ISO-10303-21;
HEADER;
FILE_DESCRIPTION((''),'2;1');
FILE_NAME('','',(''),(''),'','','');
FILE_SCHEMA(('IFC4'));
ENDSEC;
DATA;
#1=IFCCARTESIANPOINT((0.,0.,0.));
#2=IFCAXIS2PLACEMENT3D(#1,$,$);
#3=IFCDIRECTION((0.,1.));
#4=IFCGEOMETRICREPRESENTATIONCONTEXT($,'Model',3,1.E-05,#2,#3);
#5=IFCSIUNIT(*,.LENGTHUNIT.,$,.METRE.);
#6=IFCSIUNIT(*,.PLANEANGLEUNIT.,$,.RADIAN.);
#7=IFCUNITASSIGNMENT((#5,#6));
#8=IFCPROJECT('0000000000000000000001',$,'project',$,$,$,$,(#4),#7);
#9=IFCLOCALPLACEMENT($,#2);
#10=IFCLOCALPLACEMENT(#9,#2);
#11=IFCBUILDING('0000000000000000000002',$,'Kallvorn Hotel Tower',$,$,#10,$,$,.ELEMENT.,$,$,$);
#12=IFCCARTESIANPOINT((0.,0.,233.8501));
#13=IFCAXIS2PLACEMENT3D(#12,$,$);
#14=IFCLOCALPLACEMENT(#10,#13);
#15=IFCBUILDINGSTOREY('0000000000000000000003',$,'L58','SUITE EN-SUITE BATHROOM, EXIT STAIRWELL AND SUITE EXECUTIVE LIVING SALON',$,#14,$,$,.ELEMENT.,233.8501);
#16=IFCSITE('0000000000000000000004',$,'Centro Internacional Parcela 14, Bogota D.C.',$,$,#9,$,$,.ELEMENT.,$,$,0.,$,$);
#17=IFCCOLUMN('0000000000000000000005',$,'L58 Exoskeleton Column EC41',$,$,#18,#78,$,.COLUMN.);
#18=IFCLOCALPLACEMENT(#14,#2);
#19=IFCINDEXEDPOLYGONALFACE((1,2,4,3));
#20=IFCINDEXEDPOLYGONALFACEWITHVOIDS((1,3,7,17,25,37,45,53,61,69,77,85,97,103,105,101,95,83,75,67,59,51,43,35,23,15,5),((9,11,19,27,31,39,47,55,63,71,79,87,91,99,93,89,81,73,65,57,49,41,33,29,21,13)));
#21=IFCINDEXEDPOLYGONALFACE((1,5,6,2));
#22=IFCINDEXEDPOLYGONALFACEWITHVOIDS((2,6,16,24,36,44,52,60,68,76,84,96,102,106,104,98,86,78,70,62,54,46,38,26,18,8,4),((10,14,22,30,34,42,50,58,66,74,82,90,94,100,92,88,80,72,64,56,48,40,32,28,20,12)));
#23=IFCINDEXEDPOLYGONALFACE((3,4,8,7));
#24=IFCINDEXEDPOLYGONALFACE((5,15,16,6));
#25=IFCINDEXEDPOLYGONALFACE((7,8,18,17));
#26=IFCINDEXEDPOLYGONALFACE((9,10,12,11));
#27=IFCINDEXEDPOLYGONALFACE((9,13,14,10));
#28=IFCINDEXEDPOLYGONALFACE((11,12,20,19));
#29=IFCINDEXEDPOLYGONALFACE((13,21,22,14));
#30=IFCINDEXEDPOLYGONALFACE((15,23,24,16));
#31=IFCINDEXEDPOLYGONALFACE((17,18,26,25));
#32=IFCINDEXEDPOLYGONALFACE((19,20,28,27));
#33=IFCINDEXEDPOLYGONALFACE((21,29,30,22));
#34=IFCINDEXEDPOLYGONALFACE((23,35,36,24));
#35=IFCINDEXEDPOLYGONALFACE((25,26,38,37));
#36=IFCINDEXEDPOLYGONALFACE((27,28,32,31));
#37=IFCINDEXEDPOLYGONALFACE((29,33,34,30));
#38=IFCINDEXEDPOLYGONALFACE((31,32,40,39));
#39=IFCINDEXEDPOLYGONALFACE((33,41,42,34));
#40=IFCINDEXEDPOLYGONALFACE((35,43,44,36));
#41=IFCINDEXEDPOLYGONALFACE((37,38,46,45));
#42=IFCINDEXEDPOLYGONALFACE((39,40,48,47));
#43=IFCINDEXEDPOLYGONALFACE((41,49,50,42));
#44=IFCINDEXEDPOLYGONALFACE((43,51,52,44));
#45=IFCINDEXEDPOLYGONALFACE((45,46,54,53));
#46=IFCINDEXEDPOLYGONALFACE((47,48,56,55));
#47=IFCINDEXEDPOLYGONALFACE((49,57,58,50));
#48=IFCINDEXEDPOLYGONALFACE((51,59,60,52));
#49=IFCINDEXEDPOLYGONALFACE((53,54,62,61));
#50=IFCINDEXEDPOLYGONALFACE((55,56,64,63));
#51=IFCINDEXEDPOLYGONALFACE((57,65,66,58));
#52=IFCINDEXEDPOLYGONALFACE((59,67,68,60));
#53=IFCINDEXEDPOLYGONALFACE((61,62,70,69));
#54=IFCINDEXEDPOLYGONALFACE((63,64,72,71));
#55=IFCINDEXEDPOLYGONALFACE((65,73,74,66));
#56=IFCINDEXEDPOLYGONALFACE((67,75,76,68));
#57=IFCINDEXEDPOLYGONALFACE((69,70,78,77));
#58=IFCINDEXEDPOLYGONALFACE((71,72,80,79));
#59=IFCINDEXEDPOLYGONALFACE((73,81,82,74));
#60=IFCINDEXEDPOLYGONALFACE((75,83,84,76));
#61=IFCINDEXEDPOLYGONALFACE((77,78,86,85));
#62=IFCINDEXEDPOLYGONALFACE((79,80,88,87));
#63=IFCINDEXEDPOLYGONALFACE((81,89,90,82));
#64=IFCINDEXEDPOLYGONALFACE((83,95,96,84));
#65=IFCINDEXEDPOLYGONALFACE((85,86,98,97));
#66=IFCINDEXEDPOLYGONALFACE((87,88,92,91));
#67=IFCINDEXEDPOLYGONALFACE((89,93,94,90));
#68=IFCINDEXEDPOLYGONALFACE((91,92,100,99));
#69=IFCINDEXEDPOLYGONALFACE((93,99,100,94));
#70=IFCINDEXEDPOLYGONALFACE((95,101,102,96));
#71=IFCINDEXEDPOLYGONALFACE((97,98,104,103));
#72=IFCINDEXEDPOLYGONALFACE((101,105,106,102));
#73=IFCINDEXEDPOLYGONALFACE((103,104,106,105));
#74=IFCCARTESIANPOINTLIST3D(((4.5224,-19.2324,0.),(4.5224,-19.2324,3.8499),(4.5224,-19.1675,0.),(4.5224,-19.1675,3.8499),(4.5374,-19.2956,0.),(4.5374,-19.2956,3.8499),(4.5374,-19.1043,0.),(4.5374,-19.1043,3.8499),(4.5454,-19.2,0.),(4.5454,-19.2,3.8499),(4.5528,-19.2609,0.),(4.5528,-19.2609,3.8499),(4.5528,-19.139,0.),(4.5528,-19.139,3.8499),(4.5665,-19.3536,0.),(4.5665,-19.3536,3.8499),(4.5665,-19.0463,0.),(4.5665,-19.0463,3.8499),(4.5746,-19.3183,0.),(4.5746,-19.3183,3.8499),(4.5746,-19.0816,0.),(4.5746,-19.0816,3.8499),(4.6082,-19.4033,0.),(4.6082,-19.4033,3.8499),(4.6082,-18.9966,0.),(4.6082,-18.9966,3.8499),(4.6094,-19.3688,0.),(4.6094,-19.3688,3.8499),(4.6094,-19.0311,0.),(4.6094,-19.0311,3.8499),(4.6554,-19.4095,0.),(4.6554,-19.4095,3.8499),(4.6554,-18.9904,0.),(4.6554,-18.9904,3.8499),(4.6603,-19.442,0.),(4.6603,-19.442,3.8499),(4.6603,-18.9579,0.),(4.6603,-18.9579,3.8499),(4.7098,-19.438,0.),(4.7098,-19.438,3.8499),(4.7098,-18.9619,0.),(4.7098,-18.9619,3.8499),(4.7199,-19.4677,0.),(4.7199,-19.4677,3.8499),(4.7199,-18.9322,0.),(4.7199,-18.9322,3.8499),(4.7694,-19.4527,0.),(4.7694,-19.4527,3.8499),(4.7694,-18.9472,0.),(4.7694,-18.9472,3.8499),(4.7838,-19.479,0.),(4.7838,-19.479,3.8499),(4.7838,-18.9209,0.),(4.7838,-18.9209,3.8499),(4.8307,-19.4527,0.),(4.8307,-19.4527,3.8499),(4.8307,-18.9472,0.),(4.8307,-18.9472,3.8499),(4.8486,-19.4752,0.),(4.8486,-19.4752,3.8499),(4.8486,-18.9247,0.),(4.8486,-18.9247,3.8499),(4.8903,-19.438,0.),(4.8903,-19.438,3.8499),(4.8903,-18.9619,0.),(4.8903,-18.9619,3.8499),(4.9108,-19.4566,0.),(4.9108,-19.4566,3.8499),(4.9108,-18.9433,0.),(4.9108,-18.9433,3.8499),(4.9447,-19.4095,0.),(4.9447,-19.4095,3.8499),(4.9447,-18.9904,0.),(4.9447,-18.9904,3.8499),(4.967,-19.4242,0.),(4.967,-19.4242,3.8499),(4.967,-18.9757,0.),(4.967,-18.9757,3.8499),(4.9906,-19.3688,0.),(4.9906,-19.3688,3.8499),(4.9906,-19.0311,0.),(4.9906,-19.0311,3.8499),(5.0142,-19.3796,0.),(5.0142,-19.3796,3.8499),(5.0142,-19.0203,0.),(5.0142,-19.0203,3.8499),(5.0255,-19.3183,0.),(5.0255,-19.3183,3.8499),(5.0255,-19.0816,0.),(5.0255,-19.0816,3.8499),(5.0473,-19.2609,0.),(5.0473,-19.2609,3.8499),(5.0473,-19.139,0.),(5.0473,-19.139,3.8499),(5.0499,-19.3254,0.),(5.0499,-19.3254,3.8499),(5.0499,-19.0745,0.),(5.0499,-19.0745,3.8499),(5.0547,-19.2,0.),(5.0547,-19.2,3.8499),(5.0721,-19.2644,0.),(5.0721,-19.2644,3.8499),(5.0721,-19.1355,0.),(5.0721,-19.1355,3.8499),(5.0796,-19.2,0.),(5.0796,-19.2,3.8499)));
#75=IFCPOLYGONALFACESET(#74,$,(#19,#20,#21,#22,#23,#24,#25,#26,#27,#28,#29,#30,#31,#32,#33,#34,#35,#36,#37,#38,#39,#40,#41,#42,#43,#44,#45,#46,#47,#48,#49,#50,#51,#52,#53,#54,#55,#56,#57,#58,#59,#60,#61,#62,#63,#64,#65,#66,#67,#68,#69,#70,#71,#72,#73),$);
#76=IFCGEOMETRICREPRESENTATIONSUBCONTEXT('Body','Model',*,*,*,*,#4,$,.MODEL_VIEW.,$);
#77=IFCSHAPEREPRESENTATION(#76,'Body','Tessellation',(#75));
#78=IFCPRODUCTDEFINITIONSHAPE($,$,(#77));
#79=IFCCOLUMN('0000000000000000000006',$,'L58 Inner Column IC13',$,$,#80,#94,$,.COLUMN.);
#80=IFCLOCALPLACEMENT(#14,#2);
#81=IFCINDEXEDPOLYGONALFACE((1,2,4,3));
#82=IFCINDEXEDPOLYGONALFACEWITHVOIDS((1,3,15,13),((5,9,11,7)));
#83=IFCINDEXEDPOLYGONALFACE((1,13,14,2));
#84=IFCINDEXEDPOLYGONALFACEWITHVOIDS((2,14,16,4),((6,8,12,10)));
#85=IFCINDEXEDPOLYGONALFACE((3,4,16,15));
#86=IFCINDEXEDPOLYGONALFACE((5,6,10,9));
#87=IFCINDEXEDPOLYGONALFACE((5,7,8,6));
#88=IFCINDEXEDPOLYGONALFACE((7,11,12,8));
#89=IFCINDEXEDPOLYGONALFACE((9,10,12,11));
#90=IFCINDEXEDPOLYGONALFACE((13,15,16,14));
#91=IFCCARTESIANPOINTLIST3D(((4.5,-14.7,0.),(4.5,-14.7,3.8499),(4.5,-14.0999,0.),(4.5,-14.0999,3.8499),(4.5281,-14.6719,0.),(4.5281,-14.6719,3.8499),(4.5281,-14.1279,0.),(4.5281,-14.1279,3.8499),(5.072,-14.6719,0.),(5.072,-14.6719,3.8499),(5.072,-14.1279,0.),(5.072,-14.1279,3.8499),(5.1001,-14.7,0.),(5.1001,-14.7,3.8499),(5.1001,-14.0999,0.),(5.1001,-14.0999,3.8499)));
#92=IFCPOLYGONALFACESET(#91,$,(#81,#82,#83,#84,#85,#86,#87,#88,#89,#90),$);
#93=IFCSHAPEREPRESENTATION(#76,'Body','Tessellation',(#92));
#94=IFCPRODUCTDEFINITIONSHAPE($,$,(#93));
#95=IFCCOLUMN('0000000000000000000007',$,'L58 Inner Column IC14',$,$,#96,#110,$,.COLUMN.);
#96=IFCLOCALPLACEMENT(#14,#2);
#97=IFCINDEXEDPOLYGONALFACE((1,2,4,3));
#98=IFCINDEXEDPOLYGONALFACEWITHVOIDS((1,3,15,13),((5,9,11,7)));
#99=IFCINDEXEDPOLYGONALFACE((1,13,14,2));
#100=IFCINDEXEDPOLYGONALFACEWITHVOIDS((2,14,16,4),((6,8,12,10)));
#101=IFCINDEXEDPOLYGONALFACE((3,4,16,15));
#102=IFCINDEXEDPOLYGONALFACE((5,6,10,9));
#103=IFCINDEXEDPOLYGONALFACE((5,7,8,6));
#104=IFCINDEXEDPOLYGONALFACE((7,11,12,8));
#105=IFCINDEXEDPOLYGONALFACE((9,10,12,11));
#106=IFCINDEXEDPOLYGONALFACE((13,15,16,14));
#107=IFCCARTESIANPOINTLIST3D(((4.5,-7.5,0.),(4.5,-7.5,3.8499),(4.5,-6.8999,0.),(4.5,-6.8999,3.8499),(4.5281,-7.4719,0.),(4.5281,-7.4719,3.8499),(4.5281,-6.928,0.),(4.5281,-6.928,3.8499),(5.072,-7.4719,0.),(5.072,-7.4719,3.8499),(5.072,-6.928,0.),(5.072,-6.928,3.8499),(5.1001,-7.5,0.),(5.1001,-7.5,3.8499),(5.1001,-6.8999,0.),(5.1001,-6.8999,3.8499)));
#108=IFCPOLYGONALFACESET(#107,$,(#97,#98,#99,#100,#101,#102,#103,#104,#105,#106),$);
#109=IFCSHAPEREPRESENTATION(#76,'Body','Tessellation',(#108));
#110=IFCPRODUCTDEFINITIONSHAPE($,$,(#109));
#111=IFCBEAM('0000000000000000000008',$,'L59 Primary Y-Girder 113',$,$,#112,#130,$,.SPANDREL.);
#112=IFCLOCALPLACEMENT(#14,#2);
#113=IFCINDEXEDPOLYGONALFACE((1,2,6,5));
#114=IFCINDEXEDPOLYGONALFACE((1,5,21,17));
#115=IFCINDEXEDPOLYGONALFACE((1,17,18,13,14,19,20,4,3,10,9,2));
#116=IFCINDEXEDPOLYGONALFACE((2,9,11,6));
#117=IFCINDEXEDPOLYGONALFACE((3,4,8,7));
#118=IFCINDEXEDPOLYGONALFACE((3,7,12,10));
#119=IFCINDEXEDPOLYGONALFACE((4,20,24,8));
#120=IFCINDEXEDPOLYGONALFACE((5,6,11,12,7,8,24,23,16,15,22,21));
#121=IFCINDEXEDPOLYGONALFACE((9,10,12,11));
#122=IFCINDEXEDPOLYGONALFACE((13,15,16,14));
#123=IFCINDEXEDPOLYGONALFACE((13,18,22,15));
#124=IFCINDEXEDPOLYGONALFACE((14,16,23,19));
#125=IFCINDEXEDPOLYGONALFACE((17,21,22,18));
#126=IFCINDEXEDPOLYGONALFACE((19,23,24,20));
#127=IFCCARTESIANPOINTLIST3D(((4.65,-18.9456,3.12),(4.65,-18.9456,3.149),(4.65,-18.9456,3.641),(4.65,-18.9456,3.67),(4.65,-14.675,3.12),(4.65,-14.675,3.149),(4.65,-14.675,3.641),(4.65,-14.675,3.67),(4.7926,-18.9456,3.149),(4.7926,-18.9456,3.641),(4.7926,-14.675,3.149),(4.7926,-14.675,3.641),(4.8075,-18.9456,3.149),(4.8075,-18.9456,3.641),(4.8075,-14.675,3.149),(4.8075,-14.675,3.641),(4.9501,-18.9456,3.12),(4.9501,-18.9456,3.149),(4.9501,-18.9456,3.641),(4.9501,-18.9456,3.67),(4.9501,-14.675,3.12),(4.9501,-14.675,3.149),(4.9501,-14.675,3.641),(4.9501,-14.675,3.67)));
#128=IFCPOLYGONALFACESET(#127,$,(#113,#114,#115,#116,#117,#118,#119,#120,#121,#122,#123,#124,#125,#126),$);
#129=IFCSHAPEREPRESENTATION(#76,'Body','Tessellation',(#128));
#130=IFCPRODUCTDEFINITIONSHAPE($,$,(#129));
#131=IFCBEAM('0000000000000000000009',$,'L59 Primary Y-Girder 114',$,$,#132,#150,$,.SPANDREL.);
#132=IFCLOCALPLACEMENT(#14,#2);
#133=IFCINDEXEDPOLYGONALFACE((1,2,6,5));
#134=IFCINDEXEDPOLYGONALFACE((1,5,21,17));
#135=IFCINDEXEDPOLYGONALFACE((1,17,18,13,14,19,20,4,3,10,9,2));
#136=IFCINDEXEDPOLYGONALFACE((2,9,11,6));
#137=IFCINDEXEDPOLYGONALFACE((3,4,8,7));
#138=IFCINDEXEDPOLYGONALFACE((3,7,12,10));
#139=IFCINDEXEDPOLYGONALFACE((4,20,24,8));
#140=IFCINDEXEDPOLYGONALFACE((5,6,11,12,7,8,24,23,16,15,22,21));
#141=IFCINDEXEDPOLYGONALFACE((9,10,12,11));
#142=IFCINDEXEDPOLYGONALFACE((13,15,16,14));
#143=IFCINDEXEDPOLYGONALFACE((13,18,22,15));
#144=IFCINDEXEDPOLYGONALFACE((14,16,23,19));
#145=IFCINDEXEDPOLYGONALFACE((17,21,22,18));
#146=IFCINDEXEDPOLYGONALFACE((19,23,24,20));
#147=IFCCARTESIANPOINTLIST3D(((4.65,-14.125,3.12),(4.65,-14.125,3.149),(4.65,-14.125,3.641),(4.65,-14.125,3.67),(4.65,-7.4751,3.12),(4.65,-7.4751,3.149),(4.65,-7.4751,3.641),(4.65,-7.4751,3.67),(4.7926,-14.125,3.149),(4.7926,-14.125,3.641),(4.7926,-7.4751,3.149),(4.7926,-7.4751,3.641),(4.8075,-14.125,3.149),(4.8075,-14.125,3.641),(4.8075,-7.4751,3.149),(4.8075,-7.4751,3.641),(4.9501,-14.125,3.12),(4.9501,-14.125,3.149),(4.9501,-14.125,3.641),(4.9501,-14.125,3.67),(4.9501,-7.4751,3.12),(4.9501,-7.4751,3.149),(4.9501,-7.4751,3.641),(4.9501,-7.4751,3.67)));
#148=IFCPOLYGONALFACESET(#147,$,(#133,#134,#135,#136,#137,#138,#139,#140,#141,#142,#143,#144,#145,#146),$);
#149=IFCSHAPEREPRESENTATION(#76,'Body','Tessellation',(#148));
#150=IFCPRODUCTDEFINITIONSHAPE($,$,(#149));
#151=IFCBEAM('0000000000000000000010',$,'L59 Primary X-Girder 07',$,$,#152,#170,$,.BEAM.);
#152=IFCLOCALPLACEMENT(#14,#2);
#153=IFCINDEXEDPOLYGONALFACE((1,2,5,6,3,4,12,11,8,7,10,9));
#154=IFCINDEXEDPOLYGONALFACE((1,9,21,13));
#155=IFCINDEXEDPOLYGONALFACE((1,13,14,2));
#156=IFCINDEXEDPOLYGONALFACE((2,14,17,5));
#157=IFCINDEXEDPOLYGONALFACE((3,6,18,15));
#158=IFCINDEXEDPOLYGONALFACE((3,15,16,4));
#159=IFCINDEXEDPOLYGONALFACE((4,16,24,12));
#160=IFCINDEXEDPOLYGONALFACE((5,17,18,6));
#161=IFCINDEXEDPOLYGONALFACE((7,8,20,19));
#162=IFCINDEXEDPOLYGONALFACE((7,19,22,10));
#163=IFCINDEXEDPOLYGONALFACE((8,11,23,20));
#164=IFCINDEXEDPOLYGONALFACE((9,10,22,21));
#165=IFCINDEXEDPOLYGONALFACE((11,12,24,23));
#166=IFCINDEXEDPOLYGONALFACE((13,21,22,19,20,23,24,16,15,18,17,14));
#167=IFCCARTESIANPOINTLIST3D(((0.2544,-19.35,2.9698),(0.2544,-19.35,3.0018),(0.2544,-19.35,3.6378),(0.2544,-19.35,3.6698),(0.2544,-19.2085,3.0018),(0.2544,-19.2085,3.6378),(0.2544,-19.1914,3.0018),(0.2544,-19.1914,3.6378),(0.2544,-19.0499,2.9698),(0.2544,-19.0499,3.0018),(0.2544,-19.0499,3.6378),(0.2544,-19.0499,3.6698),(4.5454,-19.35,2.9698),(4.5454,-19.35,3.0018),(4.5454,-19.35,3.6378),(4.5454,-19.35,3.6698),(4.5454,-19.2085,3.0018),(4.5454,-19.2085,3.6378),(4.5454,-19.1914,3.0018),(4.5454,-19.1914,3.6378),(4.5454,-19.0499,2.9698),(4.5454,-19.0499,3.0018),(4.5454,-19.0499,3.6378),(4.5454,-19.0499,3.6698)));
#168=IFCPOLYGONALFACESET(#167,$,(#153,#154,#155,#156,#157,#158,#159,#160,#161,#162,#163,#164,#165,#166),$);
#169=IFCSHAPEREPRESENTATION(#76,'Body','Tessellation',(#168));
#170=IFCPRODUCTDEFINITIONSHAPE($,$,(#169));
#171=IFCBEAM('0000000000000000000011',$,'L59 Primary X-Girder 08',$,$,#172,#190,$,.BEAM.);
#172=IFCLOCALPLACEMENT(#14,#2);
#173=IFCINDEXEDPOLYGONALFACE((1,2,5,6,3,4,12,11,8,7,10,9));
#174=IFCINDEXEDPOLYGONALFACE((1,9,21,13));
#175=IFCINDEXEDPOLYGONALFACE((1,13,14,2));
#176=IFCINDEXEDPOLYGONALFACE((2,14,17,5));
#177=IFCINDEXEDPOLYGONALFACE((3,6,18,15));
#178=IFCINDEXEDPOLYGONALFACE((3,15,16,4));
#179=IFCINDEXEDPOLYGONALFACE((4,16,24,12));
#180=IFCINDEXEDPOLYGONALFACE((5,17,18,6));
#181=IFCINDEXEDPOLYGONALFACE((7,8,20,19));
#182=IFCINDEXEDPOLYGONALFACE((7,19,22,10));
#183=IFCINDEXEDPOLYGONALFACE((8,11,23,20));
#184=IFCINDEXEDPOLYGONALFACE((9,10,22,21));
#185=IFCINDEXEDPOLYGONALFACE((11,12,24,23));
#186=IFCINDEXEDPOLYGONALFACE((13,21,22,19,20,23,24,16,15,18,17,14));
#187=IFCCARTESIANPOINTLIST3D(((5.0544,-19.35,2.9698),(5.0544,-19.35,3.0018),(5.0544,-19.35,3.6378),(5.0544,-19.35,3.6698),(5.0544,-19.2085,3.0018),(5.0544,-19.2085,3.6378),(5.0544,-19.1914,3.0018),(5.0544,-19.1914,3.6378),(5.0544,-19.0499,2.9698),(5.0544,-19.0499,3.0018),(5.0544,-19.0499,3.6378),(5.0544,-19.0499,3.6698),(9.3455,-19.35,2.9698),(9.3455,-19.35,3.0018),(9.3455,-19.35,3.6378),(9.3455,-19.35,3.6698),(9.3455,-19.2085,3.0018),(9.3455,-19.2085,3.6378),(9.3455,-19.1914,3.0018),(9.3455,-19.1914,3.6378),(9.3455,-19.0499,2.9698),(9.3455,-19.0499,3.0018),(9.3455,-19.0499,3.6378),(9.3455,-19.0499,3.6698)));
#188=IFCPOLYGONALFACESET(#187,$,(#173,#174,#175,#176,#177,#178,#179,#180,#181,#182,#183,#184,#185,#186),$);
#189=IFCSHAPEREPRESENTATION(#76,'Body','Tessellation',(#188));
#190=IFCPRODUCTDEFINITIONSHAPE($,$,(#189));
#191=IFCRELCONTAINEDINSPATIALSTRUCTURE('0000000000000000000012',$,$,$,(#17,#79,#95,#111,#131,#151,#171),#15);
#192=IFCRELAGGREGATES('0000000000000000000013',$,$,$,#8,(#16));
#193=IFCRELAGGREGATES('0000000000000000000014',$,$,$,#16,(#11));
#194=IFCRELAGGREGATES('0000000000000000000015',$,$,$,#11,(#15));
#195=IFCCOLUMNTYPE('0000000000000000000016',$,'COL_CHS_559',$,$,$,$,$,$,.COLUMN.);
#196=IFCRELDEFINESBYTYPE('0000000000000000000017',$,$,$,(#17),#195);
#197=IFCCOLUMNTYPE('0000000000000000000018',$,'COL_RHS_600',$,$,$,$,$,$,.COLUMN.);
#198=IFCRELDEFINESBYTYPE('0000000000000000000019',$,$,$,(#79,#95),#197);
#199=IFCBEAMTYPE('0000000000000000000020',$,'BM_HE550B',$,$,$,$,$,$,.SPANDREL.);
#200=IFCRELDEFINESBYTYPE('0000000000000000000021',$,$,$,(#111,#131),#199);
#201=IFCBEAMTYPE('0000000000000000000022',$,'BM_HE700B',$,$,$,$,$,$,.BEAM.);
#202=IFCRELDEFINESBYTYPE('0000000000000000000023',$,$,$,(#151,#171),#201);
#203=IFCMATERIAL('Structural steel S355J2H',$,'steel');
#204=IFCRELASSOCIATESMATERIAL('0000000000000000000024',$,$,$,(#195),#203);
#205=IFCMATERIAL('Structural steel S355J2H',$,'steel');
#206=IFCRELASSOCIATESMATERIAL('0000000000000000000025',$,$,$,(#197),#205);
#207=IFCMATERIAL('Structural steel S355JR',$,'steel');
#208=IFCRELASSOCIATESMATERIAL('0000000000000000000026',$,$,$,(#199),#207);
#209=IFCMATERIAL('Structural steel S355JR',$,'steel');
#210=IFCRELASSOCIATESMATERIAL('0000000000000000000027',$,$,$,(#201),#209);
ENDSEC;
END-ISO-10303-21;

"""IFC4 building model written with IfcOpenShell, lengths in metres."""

from ifc_helpers import new_model, si_unit, direction, frame, origin, origin_2d, place, context, subcontext, project, spatial, hollow_rectangle, hollow_circle, i_section, extrude, material, material_profile, profile_set, type_object, element, save


model = new_model("IFC4")

# Units and contexts
model_context = context("Model", 3, precision=1e-05, world=origin(), true_north=direction((0.0, 1.0)))
body_context = subcontext(model_context, "Body", "Model", "MODEL_VIEW")
ifc_project = project(units=[si_unit("LENGTHUNIT", "METRE"), si_unit("PLANEANGLEUNIT", "RADIAN")], contexts=[model_context])

# Site, building, storey
site_placement = place(None, origin())
site = spatial("IfcSite", under=ifc_project, at=site_placement, Name="Centro Internacional Parcela 14, Bogota D.C.", CompositionType="ELEMENT", RefElevation=0.0)
building_placement = place(site_placement, origin())
building = spatial("IfcBuilding", under=site, at=building_placement, Name="Kallvorn Hotel Tower", CompositionType="ELEMENT")
storey_placement = place(building_placement, frame((0.0, 0.0, 233.8501)))
storey = spatial("IfcBuildingStorey", under=building, at=storey_placement, Name="L58", Description="SUITE EN-SUITE BATHROOM, EXIT STAIRWELL AND SUITE EXECUTIVE LIVING SALON", CompositionType="ELEMENT", Elevation=233.8501)

# Columns
ifc_material_1 = material(Name="Structural steel S355J2H", Category="steel")
ifc_material_profile_1 = material_profile(ifc_material_1, hollow_circle(Radius=0.2795, WallThickness=0.0249, at=origin_2d()), Name="CHS 559x25")
ifc_profile_set_1 = profile_set([ifc_material_profile_1], Name="Structural steel S355J2H")
column_type_1 = type_object("IfcColumnType", Name="COL_CHS_559", PredefinedType="COLUMN", material=ifc_profile_set_1)
column_placement = place(storey_placement, frame((4.8, -19.2, 0.0), z_axis=(0.0, 0.0, 1.0), x_axis=(1.0, 0.0, 0.0)))
element("IfcColumn", 1, at=column_placement, inside=storey, type_object=column_type_1, Name="L58 Exoskeleton Column EC41", PredefinedType="COLUMN", context=body_context, shape_type="SweptSolid", body=[
    extrude(hollow_circle(Radius=0.2795, WallThickness=0.0249, at=origin_2d()), origin(), (0.0, 0.0, 1.0), 3.8499),
])
ifc_material_2 = material(Name="Structural steel S355J2H", Category="steel")
ifc_material_profile_2 = material_profile(ifc_material_2, hollow_rectangle(XDim=0.6001, YDim=0.6001, WallThickness=0.0281, at=origin_2d()), Name="RHS 600x600x28")
ifc_profile_set_2 = profile_set([ifc_material_profile_2], Name="Structural steel S355J2H")
column_type_2 = type_object("IfcColumnType", Name="COL_RHS_600", PredefinedType="COLUMN", material=ifc_profile_set_2)
for number, where, z_axis, x_axis, name in (
    (2, (4.8, -14.3999, 0.0), (0.0, 0.0, 1.0), (1.0, 0.0, 0.0), "L58 Inner Column IC13"),
    (3, (4.8, -7.2, 0.0), (0.0, 0.0, 1.0), (1.0, 0.0, 0.0), "L58 Inner Column IC14"),
):
    element("IfcColumn", number, at=place(storey_placement, frame(where, z_axis=z_axis, x_axis=x_axis)), inside=storey, type_object=column_type_2, Name=name, PredefinedType="COLUMN", context=body_context, shape_type="SweptSolid", body=[
        extrude(hollow_rectangle(XDim=0.6001, YDim=0.6001, WallThickness=0.0281, at=origin_2d()), origin(), (0.0, 0.0, 1.0), 3.8499),
    ])

# Beams
ifc_material_3 = material(Name="Structural steel S355JR", Category="steel")
ifc_material_profile_3 = material_profile(ifc_material_3, i_section(OverallWidth=0.3, OverallDepth=0.55, WebThickness=0.0149, FlangeThickness=0.0291, at=origin_2d()), Name="HE 550 B")
ifc_profile_set_3 = profile_set([ifc_material_profile_3], Name="Structural steel S355JR")
beam_type_1 = type_object("IfcBeamType", Name="BM_HE550B", PredefinedType="SPANDREL", material=ifc_profile_set_3)
beam_1_placement = place(storey_placement, frame((4.8, -18.9456, 3.395), z_axis=(0.0, 1.0, 0.0), x_axis=(-1.0, 0.0, 0.0)))
element("IfcBeam", 4, at=beam_1_placement, inside=storey, type_object=beam_type_1, Name="L59 Primary Y-Girder 113", PredefinedType="SPANDREL", context=body_context, shape_type="SweptSolid", body=[
    extrude(i_section(OverallWidth=0.3, OverallDepth=0.55, WebThickness=0.0149, FlangeThickness=0.0291, at=origin_2d()), origin(), (0.0, 0.0, 1.0), 4.2705),
])
beam_2_placement = place(storey_placement, frame((4.8, -14.125, 3.395), z_axis=(0.0, 1.0, 0.0), x_axis=(-1.0, 0.0, 0.0)))
element("IfcBeam", 5, at=beam_2_placement, inside=storey, type_object=beam_type_1, Name="L59 Primary Y-Girder 114", PredefinedType="SPANDREL", context=body_context, shape_type="SweptSolid", body=[
    extrude(i_section(OverallWidth=0.3, OverallDepth=0.55, WebThickness=0.0149, FlangeThickness=0.0291, at=origin_2d()), origin(), (0.0, 0.0, 1.0), 6.6499),
])
ifc_material_4 = material(Name="Structural steel S355JR", Category="steel")
ifc_material_profile_4 = material_profile(ifc_material_4, i_section(OverallWidth=0.3, OverallDepth=0.7, WebThickness=0.0171, FlangeThickness=0.032, at=origin_2d()), Name="HE 700 B")
ifc_profile_set_4 = profile_set([ifc_material_profile_4], Name="Structural steel S355JR")
beam_type_2 = type_object("IfcBeamType", Name="BM_HE700B", PredefinedType="BEAM", material=ifc_profile_set_4)
for number, where, z_axis, x_axis, name in (
    (6, (0.2544, -19.2, 3.3198), (1.0, 0.0, 0.0), (0.0, 1.0, 0.0), "L59 Primary X-Girder 07"),
    (7, (5.0544, -19.2, 3.3198), (1.0, 0.0, 0.0), (0.0, 1.0, 0.0), "L59 Primary X-Girder 08"),
):
    element("IfcBeam", number, at=place(storey_placement, frame(where, z_axis=z_axis, x_axis=x_axis)), inside=storey, type_object=beam_type_2, Name=name, PredefinedType="BEAM", context=body_context, shape_type="SweptSolid", body=[
        extrude(i_section(OverallWidth=0.3, OverallDepth=0.7, WebThickness=0.0171, FlangeThickness=0.032, at=origin_2d()), origin(), (0.0, 0.0, 1.0), 4.291),
    ])

save(model, "model.ifc")
